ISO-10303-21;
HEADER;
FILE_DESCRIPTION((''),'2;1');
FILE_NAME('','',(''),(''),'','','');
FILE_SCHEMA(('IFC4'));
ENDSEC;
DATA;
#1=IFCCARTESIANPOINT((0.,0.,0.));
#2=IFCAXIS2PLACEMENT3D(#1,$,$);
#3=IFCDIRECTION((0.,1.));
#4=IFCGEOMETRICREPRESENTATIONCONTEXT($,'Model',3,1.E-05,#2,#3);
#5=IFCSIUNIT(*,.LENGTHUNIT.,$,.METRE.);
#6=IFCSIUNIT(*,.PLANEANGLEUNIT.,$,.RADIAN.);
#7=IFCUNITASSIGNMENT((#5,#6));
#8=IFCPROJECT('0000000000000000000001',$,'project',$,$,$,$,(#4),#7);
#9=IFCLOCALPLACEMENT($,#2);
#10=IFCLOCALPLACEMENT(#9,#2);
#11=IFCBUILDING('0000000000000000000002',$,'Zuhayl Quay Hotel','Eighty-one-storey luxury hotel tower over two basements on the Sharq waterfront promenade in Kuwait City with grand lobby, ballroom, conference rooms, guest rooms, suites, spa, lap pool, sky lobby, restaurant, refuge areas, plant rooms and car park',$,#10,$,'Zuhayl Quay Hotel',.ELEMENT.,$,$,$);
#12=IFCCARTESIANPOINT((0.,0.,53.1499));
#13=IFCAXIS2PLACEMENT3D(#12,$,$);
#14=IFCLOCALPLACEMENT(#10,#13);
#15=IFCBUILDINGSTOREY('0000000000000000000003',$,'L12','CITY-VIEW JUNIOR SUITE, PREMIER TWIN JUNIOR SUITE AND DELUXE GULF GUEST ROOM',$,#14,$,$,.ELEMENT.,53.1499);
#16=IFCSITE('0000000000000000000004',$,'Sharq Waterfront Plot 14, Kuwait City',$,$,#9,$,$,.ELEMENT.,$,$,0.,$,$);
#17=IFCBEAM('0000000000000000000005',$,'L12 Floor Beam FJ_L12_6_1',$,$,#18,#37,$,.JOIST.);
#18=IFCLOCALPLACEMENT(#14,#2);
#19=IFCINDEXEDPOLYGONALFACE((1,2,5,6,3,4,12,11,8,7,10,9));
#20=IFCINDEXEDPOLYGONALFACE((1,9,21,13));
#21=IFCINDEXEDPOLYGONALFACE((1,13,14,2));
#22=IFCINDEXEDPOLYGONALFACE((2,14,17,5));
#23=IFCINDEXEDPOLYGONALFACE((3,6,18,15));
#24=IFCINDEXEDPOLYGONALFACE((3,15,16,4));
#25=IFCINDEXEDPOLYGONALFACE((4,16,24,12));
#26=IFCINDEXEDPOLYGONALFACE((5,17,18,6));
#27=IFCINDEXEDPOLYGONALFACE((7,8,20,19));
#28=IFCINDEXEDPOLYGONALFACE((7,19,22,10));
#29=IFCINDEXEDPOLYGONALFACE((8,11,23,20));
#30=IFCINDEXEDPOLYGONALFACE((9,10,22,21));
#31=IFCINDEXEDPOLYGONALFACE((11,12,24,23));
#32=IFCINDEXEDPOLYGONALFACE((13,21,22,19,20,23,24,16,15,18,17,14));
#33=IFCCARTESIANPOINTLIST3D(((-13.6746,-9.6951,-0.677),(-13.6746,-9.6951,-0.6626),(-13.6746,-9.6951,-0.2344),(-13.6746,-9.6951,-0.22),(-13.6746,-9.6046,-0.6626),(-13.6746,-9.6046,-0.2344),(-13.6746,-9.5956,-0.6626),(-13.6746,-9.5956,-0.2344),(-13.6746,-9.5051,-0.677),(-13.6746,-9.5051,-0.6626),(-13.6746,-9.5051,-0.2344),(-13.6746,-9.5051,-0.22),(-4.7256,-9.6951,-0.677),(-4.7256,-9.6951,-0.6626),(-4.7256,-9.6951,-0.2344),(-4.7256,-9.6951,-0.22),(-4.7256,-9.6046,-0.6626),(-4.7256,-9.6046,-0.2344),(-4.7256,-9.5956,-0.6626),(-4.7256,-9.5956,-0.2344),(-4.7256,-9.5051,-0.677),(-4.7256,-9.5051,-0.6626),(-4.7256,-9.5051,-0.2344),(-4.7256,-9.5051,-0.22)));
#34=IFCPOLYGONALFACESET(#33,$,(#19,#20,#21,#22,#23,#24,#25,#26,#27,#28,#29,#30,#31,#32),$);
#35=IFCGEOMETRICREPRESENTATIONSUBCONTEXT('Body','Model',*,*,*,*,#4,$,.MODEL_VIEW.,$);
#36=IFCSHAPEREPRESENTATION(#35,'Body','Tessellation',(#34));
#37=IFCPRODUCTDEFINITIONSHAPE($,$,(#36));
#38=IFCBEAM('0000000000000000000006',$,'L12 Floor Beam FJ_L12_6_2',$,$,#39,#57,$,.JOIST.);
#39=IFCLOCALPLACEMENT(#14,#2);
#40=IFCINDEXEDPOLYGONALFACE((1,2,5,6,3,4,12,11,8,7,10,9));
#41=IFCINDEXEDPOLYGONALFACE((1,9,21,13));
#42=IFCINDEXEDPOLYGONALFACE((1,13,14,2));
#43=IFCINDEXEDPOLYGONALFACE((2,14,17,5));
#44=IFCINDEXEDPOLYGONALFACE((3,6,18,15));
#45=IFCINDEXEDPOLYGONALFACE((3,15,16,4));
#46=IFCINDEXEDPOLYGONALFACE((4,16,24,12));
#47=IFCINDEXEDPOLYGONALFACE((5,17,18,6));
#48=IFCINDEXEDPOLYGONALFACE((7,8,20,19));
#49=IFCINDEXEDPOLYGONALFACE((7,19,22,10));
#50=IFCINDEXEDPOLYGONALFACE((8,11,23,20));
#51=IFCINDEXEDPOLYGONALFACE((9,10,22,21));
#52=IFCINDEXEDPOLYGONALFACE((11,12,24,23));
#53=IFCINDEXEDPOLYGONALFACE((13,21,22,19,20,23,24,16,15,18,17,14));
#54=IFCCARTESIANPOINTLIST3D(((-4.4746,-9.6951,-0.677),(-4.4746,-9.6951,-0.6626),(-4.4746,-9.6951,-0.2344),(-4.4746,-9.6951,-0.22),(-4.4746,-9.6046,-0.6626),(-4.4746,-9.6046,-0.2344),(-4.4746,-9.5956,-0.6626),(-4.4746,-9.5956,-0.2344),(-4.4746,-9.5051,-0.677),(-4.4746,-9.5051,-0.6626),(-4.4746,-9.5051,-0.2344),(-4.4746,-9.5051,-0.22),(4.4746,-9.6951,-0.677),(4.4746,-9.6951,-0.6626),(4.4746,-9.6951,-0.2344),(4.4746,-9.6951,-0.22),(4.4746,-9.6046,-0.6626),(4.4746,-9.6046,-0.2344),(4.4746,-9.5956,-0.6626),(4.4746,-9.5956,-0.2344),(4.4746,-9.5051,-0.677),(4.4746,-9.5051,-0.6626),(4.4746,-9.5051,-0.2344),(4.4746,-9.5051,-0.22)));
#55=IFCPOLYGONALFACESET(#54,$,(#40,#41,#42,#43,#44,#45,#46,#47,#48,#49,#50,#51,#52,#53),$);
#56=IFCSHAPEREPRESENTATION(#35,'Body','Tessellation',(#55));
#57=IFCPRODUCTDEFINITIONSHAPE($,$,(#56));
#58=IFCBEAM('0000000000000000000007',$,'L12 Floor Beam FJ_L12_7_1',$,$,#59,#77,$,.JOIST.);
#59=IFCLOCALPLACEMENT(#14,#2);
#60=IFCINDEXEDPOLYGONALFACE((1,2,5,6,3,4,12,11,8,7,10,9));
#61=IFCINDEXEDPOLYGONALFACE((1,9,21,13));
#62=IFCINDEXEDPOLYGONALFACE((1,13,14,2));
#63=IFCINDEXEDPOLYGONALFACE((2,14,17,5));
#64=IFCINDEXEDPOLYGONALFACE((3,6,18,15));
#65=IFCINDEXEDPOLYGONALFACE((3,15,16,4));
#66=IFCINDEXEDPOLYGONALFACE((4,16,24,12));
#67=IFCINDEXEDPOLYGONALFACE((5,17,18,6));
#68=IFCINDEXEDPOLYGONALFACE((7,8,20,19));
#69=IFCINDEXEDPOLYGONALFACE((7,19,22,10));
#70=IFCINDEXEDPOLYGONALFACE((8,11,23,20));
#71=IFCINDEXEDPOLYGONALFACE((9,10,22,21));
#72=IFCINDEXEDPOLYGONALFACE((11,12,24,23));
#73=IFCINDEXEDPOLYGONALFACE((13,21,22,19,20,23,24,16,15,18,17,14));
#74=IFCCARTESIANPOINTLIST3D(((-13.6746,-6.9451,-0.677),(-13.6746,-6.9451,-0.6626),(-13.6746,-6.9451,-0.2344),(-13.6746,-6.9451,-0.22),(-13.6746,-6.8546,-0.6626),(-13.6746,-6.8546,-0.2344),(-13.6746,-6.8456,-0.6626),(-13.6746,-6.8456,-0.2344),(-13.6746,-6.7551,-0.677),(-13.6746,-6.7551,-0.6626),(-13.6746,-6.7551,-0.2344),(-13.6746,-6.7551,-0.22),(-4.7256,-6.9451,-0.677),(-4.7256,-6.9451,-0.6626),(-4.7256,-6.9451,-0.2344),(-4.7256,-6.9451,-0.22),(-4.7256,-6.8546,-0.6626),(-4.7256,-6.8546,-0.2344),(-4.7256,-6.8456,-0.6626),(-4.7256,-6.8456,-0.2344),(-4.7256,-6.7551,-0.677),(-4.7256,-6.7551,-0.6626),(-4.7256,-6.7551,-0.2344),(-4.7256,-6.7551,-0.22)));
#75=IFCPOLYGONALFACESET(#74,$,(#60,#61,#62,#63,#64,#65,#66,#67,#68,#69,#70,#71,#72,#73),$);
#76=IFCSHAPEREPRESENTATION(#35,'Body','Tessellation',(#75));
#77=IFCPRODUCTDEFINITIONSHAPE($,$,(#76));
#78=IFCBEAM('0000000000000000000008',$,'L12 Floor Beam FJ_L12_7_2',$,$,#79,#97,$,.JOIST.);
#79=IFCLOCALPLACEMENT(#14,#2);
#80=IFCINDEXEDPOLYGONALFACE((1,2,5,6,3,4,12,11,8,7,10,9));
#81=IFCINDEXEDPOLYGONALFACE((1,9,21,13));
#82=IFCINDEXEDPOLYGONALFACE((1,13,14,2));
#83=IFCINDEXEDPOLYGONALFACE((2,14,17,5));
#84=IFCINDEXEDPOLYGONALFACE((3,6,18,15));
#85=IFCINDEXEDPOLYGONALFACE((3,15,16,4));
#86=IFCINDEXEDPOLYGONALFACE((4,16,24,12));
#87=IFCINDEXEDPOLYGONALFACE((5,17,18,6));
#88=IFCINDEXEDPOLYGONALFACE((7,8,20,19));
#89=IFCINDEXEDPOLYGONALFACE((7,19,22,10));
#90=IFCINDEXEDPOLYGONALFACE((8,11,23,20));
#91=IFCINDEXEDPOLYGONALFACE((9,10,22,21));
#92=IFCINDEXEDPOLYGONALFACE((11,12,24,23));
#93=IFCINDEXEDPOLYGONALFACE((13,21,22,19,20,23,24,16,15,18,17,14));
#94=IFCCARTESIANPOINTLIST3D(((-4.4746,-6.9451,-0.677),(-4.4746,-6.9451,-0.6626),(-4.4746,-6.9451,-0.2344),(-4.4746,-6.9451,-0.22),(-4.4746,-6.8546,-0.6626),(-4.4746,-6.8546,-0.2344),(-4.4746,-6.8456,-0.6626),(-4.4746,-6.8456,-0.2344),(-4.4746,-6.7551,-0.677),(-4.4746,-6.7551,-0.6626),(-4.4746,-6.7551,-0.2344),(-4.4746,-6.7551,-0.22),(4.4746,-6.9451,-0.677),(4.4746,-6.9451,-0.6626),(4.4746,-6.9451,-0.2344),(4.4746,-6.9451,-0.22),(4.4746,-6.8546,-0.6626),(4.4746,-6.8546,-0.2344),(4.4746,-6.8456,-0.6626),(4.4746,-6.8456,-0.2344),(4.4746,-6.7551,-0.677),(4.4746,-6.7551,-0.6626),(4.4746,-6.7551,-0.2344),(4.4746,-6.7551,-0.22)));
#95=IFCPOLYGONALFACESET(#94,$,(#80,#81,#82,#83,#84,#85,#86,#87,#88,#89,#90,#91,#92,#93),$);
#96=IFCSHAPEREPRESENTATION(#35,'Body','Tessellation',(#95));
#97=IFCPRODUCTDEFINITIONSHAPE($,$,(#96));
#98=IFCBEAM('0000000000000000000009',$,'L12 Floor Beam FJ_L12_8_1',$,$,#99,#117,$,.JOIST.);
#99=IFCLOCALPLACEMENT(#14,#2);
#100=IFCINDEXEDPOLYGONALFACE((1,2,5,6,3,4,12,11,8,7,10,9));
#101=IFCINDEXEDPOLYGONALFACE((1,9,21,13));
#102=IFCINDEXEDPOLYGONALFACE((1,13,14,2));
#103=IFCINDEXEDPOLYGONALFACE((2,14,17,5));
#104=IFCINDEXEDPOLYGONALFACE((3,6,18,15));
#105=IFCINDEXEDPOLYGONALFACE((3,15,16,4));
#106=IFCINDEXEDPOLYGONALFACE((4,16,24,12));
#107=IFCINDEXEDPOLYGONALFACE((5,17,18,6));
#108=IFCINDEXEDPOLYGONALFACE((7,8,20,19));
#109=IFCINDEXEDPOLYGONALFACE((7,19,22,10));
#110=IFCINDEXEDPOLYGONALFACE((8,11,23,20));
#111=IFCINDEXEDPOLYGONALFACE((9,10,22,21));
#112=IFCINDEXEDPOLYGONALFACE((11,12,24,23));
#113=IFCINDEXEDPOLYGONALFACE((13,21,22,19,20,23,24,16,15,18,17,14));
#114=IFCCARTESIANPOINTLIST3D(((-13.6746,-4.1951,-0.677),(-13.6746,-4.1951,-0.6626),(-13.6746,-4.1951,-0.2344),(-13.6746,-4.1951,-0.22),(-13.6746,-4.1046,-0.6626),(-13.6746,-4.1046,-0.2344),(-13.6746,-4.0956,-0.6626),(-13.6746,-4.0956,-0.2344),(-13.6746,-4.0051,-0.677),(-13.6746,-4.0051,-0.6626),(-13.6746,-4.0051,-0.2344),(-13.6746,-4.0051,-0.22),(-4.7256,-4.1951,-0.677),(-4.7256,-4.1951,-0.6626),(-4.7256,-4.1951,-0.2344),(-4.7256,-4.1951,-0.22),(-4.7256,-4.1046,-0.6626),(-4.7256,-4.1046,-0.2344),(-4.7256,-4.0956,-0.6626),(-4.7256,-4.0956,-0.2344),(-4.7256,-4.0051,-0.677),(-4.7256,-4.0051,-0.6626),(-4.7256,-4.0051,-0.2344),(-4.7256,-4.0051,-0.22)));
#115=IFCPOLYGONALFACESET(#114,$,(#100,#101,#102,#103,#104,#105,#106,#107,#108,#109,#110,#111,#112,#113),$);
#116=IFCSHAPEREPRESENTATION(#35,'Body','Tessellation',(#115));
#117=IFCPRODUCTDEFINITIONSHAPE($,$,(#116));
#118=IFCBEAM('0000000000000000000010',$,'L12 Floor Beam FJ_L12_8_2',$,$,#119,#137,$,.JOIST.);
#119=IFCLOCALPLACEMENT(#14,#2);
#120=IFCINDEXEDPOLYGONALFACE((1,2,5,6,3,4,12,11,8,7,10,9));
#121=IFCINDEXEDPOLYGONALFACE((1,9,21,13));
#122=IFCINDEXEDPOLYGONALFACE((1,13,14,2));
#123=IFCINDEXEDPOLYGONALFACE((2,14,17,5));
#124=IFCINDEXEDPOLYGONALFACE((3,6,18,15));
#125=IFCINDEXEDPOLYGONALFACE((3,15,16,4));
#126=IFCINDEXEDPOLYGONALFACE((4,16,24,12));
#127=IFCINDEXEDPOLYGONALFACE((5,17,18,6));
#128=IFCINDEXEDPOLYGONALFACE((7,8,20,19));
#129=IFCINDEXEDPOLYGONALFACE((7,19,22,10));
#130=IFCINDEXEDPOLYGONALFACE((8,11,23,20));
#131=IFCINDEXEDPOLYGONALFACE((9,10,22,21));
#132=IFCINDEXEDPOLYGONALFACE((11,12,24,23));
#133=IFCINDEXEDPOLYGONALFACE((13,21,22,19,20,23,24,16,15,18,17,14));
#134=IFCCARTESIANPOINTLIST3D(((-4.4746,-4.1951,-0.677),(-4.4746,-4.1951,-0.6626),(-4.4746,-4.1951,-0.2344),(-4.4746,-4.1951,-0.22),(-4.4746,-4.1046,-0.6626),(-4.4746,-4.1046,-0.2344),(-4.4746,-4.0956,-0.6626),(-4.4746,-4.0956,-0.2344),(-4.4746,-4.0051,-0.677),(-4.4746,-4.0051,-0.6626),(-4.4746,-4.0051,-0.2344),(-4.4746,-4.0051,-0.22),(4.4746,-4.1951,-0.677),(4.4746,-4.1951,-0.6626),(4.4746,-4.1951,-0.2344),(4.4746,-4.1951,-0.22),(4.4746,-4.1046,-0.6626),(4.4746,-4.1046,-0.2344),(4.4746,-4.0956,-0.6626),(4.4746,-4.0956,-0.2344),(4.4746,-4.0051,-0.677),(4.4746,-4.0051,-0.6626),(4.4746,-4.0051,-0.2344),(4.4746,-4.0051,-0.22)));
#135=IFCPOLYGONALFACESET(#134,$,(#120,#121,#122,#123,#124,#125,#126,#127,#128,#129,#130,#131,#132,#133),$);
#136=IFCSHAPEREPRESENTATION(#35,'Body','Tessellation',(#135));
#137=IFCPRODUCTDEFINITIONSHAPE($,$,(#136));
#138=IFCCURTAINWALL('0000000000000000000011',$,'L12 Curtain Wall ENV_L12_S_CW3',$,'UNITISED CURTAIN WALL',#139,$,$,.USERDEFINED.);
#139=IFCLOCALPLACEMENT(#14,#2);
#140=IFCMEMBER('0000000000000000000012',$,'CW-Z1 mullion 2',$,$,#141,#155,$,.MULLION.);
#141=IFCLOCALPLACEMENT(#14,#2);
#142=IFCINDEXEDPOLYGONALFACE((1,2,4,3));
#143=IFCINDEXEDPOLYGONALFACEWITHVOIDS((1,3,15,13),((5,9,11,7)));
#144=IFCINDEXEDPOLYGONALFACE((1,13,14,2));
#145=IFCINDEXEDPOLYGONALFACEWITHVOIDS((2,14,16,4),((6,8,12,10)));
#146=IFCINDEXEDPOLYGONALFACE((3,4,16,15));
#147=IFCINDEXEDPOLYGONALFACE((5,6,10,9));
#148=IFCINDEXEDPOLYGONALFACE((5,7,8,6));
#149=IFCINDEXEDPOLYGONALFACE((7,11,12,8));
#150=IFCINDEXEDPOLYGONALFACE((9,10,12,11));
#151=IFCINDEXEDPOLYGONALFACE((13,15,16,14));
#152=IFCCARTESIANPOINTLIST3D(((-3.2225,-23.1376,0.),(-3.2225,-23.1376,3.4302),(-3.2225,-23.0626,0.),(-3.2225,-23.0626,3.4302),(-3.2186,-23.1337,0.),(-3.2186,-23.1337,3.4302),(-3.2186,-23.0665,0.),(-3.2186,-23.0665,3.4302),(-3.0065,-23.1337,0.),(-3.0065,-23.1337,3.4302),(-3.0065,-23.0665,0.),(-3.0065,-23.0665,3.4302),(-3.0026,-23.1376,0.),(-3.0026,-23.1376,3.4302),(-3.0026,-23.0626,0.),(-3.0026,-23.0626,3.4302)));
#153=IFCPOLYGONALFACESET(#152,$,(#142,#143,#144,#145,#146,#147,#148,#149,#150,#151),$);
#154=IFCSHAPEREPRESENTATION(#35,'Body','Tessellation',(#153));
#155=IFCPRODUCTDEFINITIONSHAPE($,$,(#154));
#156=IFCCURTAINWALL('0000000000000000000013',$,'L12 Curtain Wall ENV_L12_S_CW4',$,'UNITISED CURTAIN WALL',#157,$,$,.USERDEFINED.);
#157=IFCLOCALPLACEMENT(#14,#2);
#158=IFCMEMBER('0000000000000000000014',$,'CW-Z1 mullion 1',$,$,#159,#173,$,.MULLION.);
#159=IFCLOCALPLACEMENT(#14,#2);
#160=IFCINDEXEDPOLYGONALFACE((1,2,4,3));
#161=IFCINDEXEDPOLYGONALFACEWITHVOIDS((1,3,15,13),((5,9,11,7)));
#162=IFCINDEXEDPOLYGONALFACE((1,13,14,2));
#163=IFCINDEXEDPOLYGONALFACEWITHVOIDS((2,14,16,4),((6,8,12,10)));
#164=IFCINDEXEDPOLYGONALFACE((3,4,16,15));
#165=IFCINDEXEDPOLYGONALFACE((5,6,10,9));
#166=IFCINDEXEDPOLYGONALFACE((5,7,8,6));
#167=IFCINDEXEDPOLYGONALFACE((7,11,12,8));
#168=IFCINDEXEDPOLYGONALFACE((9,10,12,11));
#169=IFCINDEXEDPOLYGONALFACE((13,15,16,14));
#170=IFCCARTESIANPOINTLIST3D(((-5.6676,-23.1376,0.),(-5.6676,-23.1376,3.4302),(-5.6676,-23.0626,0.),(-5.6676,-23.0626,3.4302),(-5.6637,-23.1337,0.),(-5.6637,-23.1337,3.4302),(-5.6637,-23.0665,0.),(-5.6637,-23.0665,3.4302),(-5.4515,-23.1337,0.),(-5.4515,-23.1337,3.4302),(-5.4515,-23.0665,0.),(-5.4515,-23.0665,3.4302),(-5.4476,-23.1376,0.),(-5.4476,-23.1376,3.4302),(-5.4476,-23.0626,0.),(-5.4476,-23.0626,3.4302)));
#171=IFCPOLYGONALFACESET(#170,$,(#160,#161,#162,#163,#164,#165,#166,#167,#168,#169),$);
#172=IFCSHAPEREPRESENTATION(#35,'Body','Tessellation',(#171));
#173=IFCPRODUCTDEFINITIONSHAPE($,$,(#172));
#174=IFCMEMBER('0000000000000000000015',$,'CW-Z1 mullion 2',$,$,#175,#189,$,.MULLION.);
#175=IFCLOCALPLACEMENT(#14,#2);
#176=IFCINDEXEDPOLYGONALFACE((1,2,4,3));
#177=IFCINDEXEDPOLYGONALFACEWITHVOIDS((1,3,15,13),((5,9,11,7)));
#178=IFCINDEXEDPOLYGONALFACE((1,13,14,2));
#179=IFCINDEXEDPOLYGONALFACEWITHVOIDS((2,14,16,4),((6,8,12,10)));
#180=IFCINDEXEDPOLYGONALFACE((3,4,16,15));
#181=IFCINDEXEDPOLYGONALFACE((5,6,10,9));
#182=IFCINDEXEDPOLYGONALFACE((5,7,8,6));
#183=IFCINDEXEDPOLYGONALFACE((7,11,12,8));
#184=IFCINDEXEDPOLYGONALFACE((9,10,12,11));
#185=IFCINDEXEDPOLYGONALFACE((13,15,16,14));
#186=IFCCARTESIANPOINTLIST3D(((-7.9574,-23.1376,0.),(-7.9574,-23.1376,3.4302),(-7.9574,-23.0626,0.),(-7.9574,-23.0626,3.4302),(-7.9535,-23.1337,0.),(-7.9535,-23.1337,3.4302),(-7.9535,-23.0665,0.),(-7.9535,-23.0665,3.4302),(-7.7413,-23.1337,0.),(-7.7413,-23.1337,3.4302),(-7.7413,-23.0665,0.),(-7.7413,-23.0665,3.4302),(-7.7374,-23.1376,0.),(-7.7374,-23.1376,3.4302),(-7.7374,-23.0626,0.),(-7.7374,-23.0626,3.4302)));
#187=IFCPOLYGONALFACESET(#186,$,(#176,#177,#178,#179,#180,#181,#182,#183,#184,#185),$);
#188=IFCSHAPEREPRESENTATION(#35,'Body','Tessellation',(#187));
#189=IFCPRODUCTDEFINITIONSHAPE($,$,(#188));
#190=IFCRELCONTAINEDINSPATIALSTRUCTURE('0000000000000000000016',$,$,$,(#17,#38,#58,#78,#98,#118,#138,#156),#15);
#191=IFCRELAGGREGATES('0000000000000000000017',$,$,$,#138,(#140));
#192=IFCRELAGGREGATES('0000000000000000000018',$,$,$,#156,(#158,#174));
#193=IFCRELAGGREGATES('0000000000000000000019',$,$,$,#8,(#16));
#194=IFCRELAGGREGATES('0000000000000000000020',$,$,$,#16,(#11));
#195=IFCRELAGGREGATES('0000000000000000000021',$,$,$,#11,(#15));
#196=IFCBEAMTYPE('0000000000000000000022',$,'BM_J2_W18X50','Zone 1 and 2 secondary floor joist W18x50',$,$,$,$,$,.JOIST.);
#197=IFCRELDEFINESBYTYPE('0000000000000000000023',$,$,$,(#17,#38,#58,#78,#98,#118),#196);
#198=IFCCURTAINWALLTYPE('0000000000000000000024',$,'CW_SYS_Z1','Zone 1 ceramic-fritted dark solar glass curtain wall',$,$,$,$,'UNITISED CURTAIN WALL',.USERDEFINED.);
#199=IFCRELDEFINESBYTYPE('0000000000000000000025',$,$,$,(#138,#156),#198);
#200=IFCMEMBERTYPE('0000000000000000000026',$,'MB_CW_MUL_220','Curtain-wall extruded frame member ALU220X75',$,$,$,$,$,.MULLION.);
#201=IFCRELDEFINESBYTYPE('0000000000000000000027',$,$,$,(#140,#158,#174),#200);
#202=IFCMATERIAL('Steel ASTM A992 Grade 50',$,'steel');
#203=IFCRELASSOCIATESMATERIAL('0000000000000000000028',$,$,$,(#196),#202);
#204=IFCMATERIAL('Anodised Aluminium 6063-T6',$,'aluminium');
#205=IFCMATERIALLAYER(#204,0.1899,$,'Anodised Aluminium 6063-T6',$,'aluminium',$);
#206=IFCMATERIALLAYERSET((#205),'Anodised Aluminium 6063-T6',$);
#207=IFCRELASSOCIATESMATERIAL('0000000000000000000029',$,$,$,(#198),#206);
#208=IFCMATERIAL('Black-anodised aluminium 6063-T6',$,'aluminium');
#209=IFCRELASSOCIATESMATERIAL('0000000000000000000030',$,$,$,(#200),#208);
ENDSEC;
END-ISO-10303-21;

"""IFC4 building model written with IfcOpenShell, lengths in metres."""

from ifc_helpers import new_model, si_unit, direction, frame, origin, origin_2d, place, context, subcontext, project, spatial, hollow_rectangle, i_section, extrude, material, layer, layer_set, material_profile, profile_set, type_object, element, aggregate, save


model = new_model("IFC4")

# Units and contexts
model_context = context("Model", 3, precision=1e-05, world=origin(), true_north=direction((0.0, 1.0)))
body_context = subcontext(model_context, "Body", "Model", "MODEL_VIEW")
ifc_project = project(units=[si_unit("LENGTHUNIT", "METRE"), si_unit("PLANEANGLEUNIT", "RADIAN")], contexts=[model_context])

# Site, building, storey
site_placement = place(None, origin())
site = spatial("IfcSite", under=ifc_project, at=site_placement, Name="Sharq Waterfront Plot 14, Kuwait City", CompositionType="ELEMENT", RefElevation=0.0)
building_placement = place(site_placement, origin())
building = spatial("IfcBuilding", under=site, at=building_placement, Name="Zuhayl Quay Hotel", Description="Eighty-one-storey luxury hotel tower over two basements on the Sharq waterfront promenade in Kuwait City with grand lobby, ballroom, conference rooms, guest rooms, suites, spa, lap pool, sky lobby, restaurant, refuge areas, plant rooms and car park", LongName="Zuhayl Quay Hotel", CompositionType="ELEMENT")
storey_placement = place(building_placement, frame((0.0, 0.0, 53.1499)))
storey = spatial("IfcBuildingStorey", under=building, at=storey_placement, Name="L12", Description="CITY-VIEW JUNIOR SUITE, PREMIER TWIN JUNIOR SUITE AND DELUXE GULF GUEST ROOM", CompositionType="ELEMENT", Elevation=53.1499)

# Beams
ifc_material_1 = material(Name="Steel ASTM A992 Grade 50", Category="steel")
ifc_material_profile_1 = material_profile(ifc_material_1, i_section(OverallWidth=0.1899, OverallDepth=0.457, WebThickness=0.009, FlangeThickness=0.0144, at=origin_2d()), Name="W18X50")
ifc_profile_set_1 = profile_set([ifc_material_profile_1], Name="Steel ASTM A992 Grade 50")
beam_type_1 = type_object("IfcBeamType", Name="BM_J2_W18X50", Description="Zone 1 and 2 secondary floor joist W18x50", PredefinedType="JOIST", material=ifc_profile_set_1)
beam_1_placement = place(storey_placement, frame((-13.6746, -9.6001, -0.4485), z_axis=(1.0, 0.0, 0.0), x_axis=(0.0, 1.0, 0.0)))
element("IfcBeam", 1, at=beam_1_placement, inside=storey, type_object=beam_type_1, Name="L12 Floor Beam FJ_L12_6_1", PredefinedType="JOIST", context=body_context, shape_type="SweptSolid", body=[
    extrude(i_section(OverallWidth=0.1899, OverallDepth=0.457, WebThickness=0.009, FlangeThickness=0.0144, at=origin_2d()), origin(), (0.0, 0.0, 1.0), 8.949),
])
beam_2_placement = place(storey_placement, frame((-4.4746, -9.6001, -0.4485), z_axis=(1.0, 0.0, 0.0), x_axis=(0.0, 1.0, 0.0)))
element("IfcBeam", 2, at=beam_2_placement, inside=storey, type_object=beam_type_1, Name="L12 Floor Beam FJ_L12_6_2", PredefinedType="JOIST", context=body_context, shape_type="SweptSolid", body=[
    extrude(i_section(OverallWidth=0.1899, OverallDepth=0.457, WebThickness=0.009, FlangeThickness=0.0144, at=origin_2d()), origin(), (0.0, 0.0, 1.0), 8.9492),
])
beam_3_placement = place(storey_placement, frame((-13.6746, -6.8501, -0.4485), z_axis=(1.0, 0.0, 0.0), x_axis=(0.0, 1.0, 0.0)))
element("IfcBeam", 3, at=beam_3_placement, inside=storey, type_object=beam_type_1, Name="L12 Floor Beam FJ_L12_7_1", PredefinedType="JOIST", context=body_context, shape_type="SweptSolid", body=[
    extrude(i_section(OverallWidth=0.1899, OverallDepth=0.457, WebThickness=0.009, FlangeThickness=0.0144, at=origin_2d()), origin(), (0.0, 0.0, 1.0), 8.949),
])
beam_4_placement = place(storey_placement, frame((-4.4746, -6.8501, -0.4485), z_axis=(1.0, 0.0, 0.0), x_axis=(0.0, 1.0, 0.0)))
element("IfcBeam", 4, at=beam_4_placement, inside=storey, type_object=beam_type_1, Name="L12 Floor Beam FJ_L12_7_2", PredefinedType="JOIST", context=body_context, shape_type="SweptSolid", body=[
    extrude(i_section(OverallWidth=0.1899, OverallDepth=0.457, WebThickness=0.009, FlangeThickness=0.0144, at=origin_2d()), origin(), (0.0, 0.0, 1.0), 8.9492),
])
beam_5_placement = place(storey_placement, frame((-13.6746, -4.1001, -0.4485), z_axis=(1.0, 0.0, 0.0), x_axis=(0.0, 1.0, 0.0)))
element("IfcBeam", 5, at=beam_5_placement, inside=storey, type_object=beam_type_1, Name="L12 Floor Beam FJ_L12_8_1", PredefinedType="JOIST", context=body_context, shape_type="SweptSolid", body=[
    extrude(i_section(OverallWidth=0.1899, OverallDepth=0.457, WebThickness=0.009, FlangeThickness=0.0144, at=origin_2d()), origin(), (0.0, 0.0, 1.0), 8.949),
])
beam_6_placement = place(storey_placement, frame((-4.4746, -4.1001, -0.4485), z_axis=(1.0, 0.0, 0.0), x_axis=(0.0, 1.0, 0.0)))
element("IfcBeam", 6, at=beam_6_placement, inside=storey, type_object=beam_type_1, Name="L12 Floor Beam FJ_L12_8_2", PredefinedType="JOIST", context=body_context, shape_type="SweptSolid", body=[
    extrude(i_section(OverallWidth=0.1899, OverallDepth=0.457, WebThickness=0.009, FlangeThickness=0.0144, at=origin_2d()), origin(), (0.0, 0.0, 1.0), 8.9492),
])

# Curtain wall, member
ifc_material_2 = material(Name="Anodised Aluminium 6063-T6", Category="aluminium")
ifc_layer_1 = layer(ifc_material_2, 0.1899, Name="Anodised Aluminium 6063-T6", Category="aluminium")
ifc_layer_set_1 = layer_set([ifc_layer_1], Name="Anodised Aluminium 6063-T6")
curtain_wall_type = type_object("IfcCurtainWallType", Name="CW_SYS_Z1", Description="Zone 1 ceramic-fritted dark solar glass curtain wall", ElementType="UNITISED CURTAIN WALL", PredefinedType="USERDEFINED", material=ifc_layer_set_1)
curtain_wall_1_placement = place(storey_placement, origin())
curtain_wall_1 = element("IfcCurtainWall", 7, at=curtain_wall_1_placement, inside=storey, type_object=curtain_wall_type, Name="L12 Curtain Wall ENV_L12_S_CW3", ObjectType="UNITISED CURTAIN WALL", PredefinedType="USERDEFINED")
ifc_material_3 = material(Name="Black-anodised aluminium 6063-T6", Category="aluminium")
ifc_material_profile_2 = material_profile(ifc_material_3, hollow_rectangle(XDim=0.075, YDim=0.22, WallThickness=0.0039, at=origin_2d()), Name="ALU220X75")
ifc_profile_set_2 = profile_set([ifc_material_profile_2], Name="Black-anodised aluminium 6063-T6")
member_type_1 = type_object("IfcMemberType", Name="MB_CW_MUL_220", Description="Curtain-wall extruded frame member ALU220X75", PredefinedType="MULLION", material=ifc_profile_set_2)
member_1_placement = place(storey_placement, frame((-3.1125, -23.1001, 0.0), z_axis=(0.0, 0.0, 1.0), x_axis=(0.0, -1.0, 0.0)))
member_1 = element("IfcMember", 8, at=member_1_placement, type_object=member_type_1, Name="CW-Z1 mullion 2", PredefinedType="MULLION", context=body_context, shape_type="SweptSolid", body=[
    extrude(hollow_rectangle(XDim=0.075, YDim=0.22, WallThickness=0.0039, at=origin_2d()), origin(), (0.0, 0.0, 1.0), 3.4302),
])
aggregate(curtain_wall_1, [member_1])

# Curtain wall, members
curtain_wall_2_placement = place(storey_placement, origin())
curtain_wall_2 = element("IfcCurtainWall", 9, at=curtain_wall_2_placement, inside=storey, type_object=curtain_wall_type, Name="L12 Curtain Wall ENV_L12_S_CW4", ObjectType="UNITISED CURTAIN WALL", PredefinedType="USERDEFINED")
member_2_placement = place(storey_placement, frame((-5.5576, -23.1001, 0.0), z_axis=(0.0, 0.0, 1.0), x_axis=(0.0, -1.0, 0.0)))
member_2 = element("IfcMember", 10, at=member_2_placement, type_object=member_type_1, Name="CW-Z1 mullion 1", PredefinedType="MULLION", context=body_context, shape_type="SweptSolid", body=[
    extrude(hollow_rectangle(XDim=0.075, YDim=0.22, WallThickness=0.0039, at=origin_2d()), origin(), (0.0, 0.0, 1.0), 3.4302),
])
member_3_placement = place(storey_placement, frame((-7.8474, -23.1001, 0.0), z_axis=(0.0, 0.0, 1.0), x_axis=(0.0, -1.0, 0.0)))
member_3 = element("IfcMember", 11, at=member_3_placement, type_object=member_type_1, Name="CW-Z1 mullion 2", PredefinedType="MULLION", context=body_context, shape_type="SweptSolid", body=[
    extrude(hollow_rectangle(XDim=0.075, YDim=0.22, WallThickness=0.0039, at=origin_2d()), origin(), (0.0, 0.0, 1.0), 3.4302),
])
aggregate(curtain_wall_2, [member_2, member_3])

save(model, "model.ifc")
